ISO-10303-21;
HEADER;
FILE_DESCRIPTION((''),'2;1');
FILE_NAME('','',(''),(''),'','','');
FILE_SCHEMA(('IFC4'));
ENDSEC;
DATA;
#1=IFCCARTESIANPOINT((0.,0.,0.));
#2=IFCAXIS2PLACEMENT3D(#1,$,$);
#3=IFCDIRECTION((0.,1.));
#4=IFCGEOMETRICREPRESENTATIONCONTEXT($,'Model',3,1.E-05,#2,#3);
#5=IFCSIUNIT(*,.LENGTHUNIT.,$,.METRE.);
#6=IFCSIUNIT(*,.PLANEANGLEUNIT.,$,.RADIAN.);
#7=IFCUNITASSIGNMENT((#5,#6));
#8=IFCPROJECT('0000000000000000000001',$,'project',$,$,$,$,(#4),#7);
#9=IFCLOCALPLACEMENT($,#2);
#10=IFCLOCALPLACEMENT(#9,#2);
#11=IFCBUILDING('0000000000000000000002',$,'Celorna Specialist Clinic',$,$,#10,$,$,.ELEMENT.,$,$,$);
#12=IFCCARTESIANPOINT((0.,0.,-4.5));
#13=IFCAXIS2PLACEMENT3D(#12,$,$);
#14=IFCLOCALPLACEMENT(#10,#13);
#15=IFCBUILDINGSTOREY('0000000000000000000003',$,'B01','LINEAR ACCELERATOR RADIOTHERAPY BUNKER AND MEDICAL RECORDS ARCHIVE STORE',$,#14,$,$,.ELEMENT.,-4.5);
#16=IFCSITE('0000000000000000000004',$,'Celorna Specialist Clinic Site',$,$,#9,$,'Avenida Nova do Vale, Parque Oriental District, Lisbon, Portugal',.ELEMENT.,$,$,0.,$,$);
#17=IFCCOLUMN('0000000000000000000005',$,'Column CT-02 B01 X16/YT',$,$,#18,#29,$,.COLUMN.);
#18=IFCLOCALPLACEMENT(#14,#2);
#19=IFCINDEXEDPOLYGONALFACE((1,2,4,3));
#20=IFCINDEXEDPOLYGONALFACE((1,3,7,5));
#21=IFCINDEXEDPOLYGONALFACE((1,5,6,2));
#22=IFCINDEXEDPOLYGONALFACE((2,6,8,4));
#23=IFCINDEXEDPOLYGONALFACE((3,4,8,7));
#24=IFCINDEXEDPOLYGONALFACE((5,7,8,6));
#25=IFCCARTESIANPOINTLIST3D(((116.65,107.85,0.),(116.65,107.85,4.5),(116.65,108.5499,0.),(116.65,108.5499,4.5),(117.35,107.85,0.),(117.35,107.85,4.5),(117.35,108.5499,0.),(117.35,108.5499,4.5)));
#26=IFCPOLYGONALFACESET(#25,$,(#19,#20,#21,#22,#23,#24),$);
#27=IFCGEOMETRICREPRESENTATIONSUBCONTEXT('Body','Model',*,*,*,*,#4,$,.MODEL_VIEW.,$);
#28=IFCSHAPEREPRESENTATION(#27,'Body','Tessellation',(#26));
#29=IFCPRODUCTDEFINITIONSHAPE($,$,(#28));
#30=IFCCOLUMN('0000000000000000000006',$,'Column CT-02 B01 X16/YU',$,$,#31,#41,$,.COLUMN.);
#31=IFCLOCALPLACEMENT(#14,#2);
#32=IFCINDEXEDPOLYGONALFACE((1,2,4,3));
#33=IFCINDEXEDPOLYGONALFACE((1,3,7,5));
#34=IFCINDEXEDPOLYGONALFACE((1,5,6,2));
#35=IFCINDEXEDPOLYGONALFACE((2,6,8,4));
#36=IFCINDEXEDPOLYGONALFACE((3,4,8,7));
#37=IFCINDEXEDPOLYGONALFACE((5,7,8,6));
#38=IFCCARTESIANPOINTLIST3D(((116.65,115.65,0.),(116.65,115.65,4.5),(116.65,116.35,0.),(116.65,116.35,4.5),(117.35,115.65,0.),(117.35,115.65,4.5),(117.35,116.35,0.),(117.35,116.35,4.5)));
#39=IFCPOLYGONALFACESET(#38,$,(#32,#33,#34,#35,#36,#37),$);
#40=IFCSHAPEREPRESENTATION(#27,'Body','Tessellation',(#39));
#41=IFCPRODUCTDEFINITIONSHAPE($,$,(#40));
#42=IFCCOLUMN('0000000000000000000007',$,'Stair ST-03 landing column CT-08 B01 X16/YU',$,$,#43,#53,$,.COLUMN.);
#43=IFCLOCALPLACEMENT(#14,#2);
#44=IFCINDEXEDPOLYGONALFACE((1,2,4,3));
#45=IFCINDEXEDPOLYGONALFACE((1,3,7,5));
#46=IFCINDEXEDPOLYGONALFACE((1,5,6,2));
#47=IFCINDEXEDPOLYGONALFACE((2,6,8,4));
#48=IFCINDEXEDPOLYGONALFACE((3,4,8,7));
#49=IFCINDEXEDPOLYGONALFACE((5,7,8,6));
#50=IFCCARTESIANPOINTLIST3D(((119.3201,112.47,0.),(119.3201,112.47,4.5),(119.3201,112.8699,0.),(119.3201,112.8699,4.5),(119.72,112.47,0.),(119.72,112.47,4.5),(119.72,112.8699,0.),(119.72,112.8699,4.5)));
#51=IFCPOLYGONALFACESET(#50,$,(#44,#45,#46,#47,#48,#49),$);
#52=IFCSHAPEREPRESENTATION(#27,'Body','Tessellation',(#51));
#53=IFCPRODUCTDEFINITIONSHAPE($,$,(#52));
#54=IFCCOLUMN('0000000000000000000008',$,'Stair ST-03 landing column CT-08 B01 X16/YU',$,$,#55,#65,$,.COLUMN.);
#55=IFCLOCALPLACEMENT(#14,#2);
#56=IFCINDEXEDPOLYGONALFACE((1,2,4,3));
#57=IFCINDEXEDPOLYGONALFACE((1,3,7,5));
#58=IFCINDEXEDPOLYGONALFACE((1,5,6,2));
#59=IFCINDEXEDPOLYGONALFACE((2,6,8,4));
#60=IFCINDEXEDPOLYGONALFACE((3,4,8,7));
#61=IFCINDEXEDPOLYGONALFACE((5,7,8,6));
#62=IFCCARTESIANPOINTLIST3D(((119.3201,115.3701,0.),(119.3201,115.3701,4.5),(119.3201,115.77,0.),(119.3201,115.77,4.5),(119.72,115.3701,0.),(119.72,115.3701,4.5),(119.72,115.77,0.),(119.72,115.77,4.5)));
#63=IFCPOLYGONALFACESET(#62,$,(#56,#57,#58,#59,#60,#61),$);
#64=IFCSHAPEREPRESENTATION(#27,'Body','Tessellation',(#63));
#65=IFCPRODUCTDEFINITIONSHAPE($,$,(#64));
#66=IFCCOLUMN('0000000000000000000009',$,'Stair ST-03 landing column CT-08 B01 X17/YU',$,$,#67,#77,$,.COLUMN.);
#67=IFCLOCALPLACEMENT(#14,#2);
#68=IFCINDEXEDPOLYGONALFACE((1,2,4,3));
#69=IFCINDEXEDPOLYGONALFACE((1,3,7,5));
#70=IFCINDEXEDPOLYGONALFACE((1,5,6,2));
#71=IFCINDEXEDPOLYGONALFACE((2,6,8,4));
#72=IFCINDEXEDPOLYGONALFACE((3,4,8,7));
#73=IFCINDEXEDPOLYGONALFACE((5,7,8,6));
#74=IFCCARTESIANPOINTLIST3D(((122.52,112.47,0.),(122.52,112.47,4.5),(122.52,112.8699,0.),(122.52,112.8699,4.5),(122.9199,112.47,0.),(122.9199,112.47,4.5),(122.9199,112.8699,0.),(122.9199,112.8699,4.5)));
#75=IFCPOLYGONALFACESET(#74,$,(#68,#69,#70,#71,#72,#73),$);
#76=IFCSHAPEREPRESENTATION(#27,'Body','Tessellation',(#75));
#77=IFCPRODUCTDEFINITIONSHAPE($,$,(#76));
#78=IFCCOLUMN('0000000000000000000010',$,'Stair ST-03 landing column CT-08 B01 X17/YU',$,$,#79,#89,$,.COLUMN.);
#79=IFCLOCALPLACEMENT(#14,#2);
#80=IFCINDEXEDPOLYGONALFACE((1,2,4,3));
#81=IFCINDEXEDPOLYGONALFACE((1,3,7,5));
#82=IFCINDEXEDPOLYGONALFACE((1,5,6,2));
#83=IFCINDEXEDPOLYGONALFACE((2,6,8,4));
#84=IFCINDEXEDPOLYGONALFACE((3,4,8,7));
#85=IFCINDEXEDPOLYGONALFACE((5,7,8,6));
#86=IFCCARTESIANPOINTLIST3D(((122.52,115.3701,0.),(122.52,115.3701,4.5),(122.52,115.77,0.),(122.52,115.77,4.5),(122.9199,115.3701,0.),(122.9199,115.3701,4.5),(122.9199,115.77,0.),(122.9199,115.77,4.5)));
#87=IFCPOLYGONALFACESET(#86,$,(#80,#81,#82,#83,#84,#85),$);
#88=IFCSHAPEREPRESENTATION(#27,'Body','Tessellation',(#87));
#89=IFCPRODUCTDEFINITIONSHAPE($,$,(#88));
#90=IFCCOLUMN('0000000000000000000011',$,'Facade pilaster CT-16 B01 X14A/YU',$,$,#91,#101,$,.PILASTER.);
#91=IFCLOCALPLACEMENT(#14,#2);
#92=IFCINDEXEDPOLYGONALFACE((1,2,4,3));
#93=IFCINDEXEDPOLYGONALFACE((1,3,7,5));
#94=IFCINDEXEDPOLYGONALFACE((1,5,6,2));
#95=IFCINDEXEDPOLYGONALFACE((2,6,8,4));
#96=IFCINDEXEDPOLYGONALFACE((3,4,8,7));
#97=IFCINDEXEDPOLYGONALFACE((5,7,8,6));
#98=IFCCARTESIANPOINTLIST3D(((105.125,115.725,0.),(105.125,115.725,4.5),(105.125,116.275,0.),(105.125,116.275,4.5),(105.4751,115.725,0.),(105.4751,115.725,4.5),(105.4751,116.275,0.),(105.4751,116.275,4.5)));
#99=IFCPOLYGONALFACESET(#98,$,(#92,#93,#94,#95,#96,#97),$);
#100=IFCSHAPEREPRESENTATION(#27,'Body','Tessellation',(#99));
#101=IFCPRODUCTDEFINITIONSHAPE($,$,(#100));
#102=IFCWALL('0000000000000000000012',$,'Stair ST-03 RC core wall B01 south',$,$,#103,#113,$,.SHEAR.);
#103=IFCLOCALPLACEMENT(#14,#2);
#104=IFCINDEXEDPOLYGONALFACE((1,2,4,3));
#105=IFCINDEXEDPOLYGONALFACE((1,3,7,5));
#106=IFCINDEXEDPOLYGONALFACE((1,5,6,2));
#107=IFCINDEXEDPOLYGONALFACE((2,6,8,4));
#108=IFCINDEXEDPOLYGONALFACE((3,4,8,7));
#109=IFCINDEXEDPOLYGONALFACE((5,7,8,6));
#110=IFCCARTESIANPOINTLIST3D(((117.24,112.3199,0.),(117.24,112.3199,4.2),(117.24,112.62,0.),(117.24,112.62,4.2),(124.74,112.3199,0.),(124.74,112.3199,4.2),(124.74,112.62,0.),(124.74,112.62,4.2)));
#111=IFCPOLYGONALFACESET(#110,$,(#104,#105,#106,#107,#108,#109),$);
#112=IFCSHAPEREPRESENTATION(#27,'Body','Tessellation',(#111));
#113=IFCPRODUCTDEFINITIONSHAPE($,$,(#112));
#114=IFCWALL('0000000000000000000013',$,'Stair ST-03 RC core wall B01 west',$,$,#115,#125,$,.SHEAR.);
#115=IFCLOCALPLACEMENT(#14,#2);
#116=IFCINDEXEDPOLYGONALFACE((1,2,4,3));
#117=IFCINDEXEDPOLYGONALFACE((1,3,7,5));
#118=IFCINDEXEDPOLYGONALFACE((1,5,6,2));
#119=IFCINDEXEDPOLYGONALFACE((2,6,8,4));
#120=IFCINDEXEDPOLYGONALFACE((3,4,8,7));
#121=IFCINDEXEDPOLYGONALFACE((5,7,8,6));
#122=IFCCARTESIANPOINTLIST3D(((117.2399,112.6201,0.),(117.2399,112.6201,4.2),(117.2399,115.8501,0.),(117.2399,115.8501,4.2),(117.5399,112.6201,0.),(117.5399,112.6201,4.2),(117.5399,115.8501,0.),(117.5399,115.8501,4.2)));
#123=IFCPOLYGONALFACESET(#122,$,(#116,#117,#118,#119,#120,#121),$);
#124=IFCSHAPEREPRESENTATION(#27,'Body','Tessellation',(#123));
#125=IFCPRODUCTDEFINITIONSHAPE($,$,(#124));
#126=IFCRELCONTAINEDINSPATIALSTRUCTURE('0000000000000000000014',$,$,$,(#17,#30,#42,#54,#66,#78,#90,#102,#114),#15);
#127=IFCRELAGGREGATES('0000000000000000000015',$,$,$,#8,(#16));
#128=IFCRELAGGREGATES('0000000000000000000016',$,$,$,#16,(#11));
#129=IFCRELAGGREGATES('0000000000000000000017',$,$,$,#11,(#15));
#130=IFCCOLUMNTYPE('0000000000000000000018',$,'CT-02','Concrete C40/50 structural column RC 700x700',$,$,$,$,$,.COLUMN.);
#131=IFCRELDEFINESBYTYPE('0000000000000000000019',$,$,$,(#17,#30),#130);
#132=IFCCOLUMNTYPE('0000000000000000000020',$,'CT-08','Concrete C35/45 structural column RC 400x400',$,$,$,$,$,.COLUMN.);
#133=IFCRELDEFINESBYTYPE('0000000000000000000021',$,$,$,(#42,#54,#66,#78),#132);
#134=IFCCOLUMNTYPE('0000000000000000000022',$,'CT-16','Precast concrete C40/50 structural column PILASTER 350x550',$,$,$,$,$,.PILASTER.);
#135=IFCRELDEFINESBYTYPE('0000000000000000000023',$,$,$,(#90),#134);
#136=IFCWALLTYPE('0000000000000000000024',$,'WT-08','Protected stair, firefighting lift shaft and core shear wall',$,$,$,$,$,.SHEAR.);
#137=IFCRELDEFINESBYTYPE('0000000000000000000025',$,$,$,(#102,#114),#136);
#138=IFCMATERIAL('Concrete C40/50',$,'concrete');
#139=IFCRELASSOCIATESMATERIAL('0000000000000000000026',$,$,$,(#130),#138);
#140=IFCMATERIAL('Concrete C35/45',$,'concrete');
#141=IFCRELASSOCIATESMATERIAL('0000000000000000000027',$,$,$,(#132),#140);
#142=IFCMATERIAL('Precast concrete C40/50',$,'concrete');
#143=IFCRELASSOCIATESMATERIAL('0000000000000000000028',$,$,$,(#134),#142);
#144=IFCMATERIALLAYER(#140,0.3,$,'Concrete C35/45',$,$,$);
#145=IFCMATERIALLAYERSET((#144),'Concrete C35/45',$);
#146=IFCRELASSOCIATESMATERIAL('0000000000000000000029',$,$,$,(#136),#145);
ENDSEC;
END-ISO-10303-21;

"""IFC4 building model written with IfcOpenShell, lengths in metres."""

from ifc_helpers import new_model, si_unit, direction, frame, frame_2d, origin, origin_2d, place, context, subcontext, project, spatial, rectangle, extrude, material, layer, layer_set, material_profile, profile_set, type_object, element, save


model = new_model("IFC4")

# Units and contexts
model_context = context("Model", 3, precision=1e-05, world=origin(), true_north=direction((0.0, 1.0)))
body_context = subcontext(model_context, "Body", "Model", "MODEL_VIEW")
ifc_project = project(units=[si_unit("LENGTHUNIT", "METRE"), si_unit("PLANEANGLEUNIT", "RADIAN")], contexts=[model_context])

# Site, building, storey
site_placement = place(None, origin())
site = spatial("IfcSite", under=ifc_project, at=site_placement, Name="Celorna Specialist Clinic Site", LongName="Avenida Nova do Vale, Parque Oriental District, Lisbon, Portugal", CompositionType="ELEMENT", RefElevation=0.0)
building_placement = place(site_placement, origin())
building = spatial("IfcBuilding", under=site, at=building_placement, Name="Celorna Specialist Clinic", CompositionType="ELEMENT")
storey_placement = place(building_placement, frame((0.0, 0.0, -4.5)))
storey = spatial("IfcBuildingStorey", under=building, at=storey_placement, Name="B01", Description="LINEAR ACCELERATOR RADIOTHERAPY BUNKER AND MEDICAL RECORDS ARCHIVE STORE", CompositionType="ELEMENT", Elevation=-4.5)

# Shared definitions
ifc_material_1 = material(Name="Concrete C35/45", Category="concrete")

# Columns
ifc_material_2 = material(Name="Concrete C40/50", Category="concrete")
ifc_material_profile_1 = material_profile(ifc_material_2, rectangle(XDim=0.7, YDim=0.7, at=origin_2d()), Name="RC 700x700")
ifc_profile_set_1 = profile_set([ifc_material_profile_1], Name="Concrete C40/50")
column_type_1 = type_object("IfcColumnType", Name="CT-02", Description="Concrete C40/50 structural column RC 700x700", PredefinedType="COLUMN", material=ifc_profile_set_1)
for number, where, z_axis, x_axis, name in (
    (1, (117.0, 108.2, 0.0), (0.0, 0.0, 1.0), (1.0, 0.0, 0.0), "Column CT-02 B01 X16/YT"),
    (2, (117.0, 116.0, 0.0), (0.0, 0.0, 1.0), (1.0, 0.0, 0.0), "Column CT-02 B01 X16/YU"),
):
    element("IfcColumn", number, at=place(storey_placement, frame(where, z_axis=z_axis, x_axis=x_axis)), inside=storey, type_object=column_type_1, Name=name, PredefinedType="COLUMN", context=body_context, shape_type="SweptSolid", body=[
        extrude(rectangle(XDim=0.7, YDim=0.7, at=origin_2d()), origin(), (0.0, 0.0, 1.0), 4.5),
    ])
ifc_material_profile_2 = material_profile(ifc_material_1, rectangle(XDim=0.3999, YDim=0.3999, at=origin_2d()), Name="RC 400x400")
ifc_profile_set_2 = profile_set([ifc_material_profile_2], Name="Concrete C35/45")
column_type_2 = type_object("IfcColumnType", Name="CT-08", Description="Concrete C35/45 structural column RC 400x400", PredefinedType="COLUMN", material=ifc_profile_set_2)
for number, where, z_axis, x_axis, name in (
    (3, (119.52, 112.6699, 0.0), (0.0, 0.0, 1.0), (1.0, 0.0, 0.0), "Stair ST-03 landing column CT-08 B01 X16/YU"),
    (4, (119.52, 115.5701, 0.0), (0.0, 0.0, 1.0), (1.0, 0.0, 0.0), "Stair ST-03 landing column CT-08 B01 X16/YU"),
    (5, (122.72, 112.6699, 0.0), (0.0, 0.0, 1.0), (1.0, 0.0, 0.0), "Stair ST-03 landing column CT-08 B01 X17/YU"),
    (6, (122.72, 115.5701, 0.0), (0.0, 0.0, 1.0), (1.0, 0.0, 0.0), "Stair ST-03 landing column CT-08 B01 X17/YU"),
):
    element("IfcColumn", number, at=place(storey_placement, frame(where, z_axis=z_axis, x_axis=x_axis)), inside=storey, type_object=column_type_2, Name=name, PredefinedType="COLUMN", context=body_context, shape_type="SweptSolid", body=[
        extrude(rectangle(XDim=0.3999, YDim=0.3999, at=origin_2d()), origin(), (0.0, 0.0, 1.0), 4.5),
    ])
ifc_material_3 = material(Name="Precast concrete C40/50", Category="concrete")
ifc_material_profile_3 = material_profile(ifc_material_3, rectangle(XDim=0.3501, YDim=0.55, at=origin_2d()), Name="PILASTER 350x550")
ifc_profile_set_3 = profile_set([ifc_material_profile_3], Name="Precast concrete C40/50")
column_type_3 = type_object("IfcColumnType", Name="CT-16", Description="Precast concrete C40/50 structural column PILASTER 350x550", PredefinedType="PILASTER", material=ifc_profile_set_3)
column_placement = place(storey_placement, frame((105.3, 116.0, 0.0), z_axis=(0.0, 0.0, 1.0), x_axis=(1.0, 0.0, 0.0)))
element("IfcColumn", 7, at=column_placement, inside=storey, type_object=column_type_3, Name="Facade pilaster CT-16 B01 X14A/YU", PredefinedType="PILASTER", context=body_context, shape_type="SweptSolid", body=[
    extrude(rectangle(XDim=0.3501, YDim=0.55, at=origin_2d()), origin(), (0.0, 0.0, 1.0), 4.5),
])

# Walls
ifc_layer = layer(ifc_material_1, 0.3, Name="Concrete C35/45")
ifc_layer_set = layer_set([ifc_layer], Name="Concrete C35/45")
wall_type = type_object("IfcWallType", Name="WT-08", Description="Protected stair, firefighting lift shaft and core shear wall", PredefinedType="SHEAR", material=ifc_layer_set)
wall_1_placement = place(storey_placement, frame((117.24, 112.47, 0.0), z_axis=(0.0, 0.0, 1.0), x_axis=(1.0, 0.0, 0.0)))
element("IfcWall", 8, at=wall_1_placement, inside=storey, type_object=wall_type, Name="Stair ST-03 RC core wall B01 south", PredefinedType="SHEAR", context=body_context, shape_type="SweptSolid", body=[
    extrude(rectangle(XDim=7.5, YDim=0.3, at=frame_2d((3.75, 0.0))), origin(), (0.0, 0.0, 1.0), 4.2),
])
wall_2_placement = place(storey_placement, frame((117.3899, 115.8501, 0.0), z_axis=(0.0, 0.0, 1.0), x_axis=(0.0, -1.0, 0.0)))
element("IfcWall", 9, at=wall_2_placement, inside=storey, type_object=wall_type, Name="Stair ST-03 RC core wall B01 west", PredefinedType="SHEAR", context=body_context, shape_type="SweptSolid", body=[
    extrude(rectangle(XDim=3.23, YDim=0.3, at=frame_2d((1.615, 0.0))), origin(), (0.0, 0.0, 1.0), 4.2),
])

save(model, "model.ifc")
